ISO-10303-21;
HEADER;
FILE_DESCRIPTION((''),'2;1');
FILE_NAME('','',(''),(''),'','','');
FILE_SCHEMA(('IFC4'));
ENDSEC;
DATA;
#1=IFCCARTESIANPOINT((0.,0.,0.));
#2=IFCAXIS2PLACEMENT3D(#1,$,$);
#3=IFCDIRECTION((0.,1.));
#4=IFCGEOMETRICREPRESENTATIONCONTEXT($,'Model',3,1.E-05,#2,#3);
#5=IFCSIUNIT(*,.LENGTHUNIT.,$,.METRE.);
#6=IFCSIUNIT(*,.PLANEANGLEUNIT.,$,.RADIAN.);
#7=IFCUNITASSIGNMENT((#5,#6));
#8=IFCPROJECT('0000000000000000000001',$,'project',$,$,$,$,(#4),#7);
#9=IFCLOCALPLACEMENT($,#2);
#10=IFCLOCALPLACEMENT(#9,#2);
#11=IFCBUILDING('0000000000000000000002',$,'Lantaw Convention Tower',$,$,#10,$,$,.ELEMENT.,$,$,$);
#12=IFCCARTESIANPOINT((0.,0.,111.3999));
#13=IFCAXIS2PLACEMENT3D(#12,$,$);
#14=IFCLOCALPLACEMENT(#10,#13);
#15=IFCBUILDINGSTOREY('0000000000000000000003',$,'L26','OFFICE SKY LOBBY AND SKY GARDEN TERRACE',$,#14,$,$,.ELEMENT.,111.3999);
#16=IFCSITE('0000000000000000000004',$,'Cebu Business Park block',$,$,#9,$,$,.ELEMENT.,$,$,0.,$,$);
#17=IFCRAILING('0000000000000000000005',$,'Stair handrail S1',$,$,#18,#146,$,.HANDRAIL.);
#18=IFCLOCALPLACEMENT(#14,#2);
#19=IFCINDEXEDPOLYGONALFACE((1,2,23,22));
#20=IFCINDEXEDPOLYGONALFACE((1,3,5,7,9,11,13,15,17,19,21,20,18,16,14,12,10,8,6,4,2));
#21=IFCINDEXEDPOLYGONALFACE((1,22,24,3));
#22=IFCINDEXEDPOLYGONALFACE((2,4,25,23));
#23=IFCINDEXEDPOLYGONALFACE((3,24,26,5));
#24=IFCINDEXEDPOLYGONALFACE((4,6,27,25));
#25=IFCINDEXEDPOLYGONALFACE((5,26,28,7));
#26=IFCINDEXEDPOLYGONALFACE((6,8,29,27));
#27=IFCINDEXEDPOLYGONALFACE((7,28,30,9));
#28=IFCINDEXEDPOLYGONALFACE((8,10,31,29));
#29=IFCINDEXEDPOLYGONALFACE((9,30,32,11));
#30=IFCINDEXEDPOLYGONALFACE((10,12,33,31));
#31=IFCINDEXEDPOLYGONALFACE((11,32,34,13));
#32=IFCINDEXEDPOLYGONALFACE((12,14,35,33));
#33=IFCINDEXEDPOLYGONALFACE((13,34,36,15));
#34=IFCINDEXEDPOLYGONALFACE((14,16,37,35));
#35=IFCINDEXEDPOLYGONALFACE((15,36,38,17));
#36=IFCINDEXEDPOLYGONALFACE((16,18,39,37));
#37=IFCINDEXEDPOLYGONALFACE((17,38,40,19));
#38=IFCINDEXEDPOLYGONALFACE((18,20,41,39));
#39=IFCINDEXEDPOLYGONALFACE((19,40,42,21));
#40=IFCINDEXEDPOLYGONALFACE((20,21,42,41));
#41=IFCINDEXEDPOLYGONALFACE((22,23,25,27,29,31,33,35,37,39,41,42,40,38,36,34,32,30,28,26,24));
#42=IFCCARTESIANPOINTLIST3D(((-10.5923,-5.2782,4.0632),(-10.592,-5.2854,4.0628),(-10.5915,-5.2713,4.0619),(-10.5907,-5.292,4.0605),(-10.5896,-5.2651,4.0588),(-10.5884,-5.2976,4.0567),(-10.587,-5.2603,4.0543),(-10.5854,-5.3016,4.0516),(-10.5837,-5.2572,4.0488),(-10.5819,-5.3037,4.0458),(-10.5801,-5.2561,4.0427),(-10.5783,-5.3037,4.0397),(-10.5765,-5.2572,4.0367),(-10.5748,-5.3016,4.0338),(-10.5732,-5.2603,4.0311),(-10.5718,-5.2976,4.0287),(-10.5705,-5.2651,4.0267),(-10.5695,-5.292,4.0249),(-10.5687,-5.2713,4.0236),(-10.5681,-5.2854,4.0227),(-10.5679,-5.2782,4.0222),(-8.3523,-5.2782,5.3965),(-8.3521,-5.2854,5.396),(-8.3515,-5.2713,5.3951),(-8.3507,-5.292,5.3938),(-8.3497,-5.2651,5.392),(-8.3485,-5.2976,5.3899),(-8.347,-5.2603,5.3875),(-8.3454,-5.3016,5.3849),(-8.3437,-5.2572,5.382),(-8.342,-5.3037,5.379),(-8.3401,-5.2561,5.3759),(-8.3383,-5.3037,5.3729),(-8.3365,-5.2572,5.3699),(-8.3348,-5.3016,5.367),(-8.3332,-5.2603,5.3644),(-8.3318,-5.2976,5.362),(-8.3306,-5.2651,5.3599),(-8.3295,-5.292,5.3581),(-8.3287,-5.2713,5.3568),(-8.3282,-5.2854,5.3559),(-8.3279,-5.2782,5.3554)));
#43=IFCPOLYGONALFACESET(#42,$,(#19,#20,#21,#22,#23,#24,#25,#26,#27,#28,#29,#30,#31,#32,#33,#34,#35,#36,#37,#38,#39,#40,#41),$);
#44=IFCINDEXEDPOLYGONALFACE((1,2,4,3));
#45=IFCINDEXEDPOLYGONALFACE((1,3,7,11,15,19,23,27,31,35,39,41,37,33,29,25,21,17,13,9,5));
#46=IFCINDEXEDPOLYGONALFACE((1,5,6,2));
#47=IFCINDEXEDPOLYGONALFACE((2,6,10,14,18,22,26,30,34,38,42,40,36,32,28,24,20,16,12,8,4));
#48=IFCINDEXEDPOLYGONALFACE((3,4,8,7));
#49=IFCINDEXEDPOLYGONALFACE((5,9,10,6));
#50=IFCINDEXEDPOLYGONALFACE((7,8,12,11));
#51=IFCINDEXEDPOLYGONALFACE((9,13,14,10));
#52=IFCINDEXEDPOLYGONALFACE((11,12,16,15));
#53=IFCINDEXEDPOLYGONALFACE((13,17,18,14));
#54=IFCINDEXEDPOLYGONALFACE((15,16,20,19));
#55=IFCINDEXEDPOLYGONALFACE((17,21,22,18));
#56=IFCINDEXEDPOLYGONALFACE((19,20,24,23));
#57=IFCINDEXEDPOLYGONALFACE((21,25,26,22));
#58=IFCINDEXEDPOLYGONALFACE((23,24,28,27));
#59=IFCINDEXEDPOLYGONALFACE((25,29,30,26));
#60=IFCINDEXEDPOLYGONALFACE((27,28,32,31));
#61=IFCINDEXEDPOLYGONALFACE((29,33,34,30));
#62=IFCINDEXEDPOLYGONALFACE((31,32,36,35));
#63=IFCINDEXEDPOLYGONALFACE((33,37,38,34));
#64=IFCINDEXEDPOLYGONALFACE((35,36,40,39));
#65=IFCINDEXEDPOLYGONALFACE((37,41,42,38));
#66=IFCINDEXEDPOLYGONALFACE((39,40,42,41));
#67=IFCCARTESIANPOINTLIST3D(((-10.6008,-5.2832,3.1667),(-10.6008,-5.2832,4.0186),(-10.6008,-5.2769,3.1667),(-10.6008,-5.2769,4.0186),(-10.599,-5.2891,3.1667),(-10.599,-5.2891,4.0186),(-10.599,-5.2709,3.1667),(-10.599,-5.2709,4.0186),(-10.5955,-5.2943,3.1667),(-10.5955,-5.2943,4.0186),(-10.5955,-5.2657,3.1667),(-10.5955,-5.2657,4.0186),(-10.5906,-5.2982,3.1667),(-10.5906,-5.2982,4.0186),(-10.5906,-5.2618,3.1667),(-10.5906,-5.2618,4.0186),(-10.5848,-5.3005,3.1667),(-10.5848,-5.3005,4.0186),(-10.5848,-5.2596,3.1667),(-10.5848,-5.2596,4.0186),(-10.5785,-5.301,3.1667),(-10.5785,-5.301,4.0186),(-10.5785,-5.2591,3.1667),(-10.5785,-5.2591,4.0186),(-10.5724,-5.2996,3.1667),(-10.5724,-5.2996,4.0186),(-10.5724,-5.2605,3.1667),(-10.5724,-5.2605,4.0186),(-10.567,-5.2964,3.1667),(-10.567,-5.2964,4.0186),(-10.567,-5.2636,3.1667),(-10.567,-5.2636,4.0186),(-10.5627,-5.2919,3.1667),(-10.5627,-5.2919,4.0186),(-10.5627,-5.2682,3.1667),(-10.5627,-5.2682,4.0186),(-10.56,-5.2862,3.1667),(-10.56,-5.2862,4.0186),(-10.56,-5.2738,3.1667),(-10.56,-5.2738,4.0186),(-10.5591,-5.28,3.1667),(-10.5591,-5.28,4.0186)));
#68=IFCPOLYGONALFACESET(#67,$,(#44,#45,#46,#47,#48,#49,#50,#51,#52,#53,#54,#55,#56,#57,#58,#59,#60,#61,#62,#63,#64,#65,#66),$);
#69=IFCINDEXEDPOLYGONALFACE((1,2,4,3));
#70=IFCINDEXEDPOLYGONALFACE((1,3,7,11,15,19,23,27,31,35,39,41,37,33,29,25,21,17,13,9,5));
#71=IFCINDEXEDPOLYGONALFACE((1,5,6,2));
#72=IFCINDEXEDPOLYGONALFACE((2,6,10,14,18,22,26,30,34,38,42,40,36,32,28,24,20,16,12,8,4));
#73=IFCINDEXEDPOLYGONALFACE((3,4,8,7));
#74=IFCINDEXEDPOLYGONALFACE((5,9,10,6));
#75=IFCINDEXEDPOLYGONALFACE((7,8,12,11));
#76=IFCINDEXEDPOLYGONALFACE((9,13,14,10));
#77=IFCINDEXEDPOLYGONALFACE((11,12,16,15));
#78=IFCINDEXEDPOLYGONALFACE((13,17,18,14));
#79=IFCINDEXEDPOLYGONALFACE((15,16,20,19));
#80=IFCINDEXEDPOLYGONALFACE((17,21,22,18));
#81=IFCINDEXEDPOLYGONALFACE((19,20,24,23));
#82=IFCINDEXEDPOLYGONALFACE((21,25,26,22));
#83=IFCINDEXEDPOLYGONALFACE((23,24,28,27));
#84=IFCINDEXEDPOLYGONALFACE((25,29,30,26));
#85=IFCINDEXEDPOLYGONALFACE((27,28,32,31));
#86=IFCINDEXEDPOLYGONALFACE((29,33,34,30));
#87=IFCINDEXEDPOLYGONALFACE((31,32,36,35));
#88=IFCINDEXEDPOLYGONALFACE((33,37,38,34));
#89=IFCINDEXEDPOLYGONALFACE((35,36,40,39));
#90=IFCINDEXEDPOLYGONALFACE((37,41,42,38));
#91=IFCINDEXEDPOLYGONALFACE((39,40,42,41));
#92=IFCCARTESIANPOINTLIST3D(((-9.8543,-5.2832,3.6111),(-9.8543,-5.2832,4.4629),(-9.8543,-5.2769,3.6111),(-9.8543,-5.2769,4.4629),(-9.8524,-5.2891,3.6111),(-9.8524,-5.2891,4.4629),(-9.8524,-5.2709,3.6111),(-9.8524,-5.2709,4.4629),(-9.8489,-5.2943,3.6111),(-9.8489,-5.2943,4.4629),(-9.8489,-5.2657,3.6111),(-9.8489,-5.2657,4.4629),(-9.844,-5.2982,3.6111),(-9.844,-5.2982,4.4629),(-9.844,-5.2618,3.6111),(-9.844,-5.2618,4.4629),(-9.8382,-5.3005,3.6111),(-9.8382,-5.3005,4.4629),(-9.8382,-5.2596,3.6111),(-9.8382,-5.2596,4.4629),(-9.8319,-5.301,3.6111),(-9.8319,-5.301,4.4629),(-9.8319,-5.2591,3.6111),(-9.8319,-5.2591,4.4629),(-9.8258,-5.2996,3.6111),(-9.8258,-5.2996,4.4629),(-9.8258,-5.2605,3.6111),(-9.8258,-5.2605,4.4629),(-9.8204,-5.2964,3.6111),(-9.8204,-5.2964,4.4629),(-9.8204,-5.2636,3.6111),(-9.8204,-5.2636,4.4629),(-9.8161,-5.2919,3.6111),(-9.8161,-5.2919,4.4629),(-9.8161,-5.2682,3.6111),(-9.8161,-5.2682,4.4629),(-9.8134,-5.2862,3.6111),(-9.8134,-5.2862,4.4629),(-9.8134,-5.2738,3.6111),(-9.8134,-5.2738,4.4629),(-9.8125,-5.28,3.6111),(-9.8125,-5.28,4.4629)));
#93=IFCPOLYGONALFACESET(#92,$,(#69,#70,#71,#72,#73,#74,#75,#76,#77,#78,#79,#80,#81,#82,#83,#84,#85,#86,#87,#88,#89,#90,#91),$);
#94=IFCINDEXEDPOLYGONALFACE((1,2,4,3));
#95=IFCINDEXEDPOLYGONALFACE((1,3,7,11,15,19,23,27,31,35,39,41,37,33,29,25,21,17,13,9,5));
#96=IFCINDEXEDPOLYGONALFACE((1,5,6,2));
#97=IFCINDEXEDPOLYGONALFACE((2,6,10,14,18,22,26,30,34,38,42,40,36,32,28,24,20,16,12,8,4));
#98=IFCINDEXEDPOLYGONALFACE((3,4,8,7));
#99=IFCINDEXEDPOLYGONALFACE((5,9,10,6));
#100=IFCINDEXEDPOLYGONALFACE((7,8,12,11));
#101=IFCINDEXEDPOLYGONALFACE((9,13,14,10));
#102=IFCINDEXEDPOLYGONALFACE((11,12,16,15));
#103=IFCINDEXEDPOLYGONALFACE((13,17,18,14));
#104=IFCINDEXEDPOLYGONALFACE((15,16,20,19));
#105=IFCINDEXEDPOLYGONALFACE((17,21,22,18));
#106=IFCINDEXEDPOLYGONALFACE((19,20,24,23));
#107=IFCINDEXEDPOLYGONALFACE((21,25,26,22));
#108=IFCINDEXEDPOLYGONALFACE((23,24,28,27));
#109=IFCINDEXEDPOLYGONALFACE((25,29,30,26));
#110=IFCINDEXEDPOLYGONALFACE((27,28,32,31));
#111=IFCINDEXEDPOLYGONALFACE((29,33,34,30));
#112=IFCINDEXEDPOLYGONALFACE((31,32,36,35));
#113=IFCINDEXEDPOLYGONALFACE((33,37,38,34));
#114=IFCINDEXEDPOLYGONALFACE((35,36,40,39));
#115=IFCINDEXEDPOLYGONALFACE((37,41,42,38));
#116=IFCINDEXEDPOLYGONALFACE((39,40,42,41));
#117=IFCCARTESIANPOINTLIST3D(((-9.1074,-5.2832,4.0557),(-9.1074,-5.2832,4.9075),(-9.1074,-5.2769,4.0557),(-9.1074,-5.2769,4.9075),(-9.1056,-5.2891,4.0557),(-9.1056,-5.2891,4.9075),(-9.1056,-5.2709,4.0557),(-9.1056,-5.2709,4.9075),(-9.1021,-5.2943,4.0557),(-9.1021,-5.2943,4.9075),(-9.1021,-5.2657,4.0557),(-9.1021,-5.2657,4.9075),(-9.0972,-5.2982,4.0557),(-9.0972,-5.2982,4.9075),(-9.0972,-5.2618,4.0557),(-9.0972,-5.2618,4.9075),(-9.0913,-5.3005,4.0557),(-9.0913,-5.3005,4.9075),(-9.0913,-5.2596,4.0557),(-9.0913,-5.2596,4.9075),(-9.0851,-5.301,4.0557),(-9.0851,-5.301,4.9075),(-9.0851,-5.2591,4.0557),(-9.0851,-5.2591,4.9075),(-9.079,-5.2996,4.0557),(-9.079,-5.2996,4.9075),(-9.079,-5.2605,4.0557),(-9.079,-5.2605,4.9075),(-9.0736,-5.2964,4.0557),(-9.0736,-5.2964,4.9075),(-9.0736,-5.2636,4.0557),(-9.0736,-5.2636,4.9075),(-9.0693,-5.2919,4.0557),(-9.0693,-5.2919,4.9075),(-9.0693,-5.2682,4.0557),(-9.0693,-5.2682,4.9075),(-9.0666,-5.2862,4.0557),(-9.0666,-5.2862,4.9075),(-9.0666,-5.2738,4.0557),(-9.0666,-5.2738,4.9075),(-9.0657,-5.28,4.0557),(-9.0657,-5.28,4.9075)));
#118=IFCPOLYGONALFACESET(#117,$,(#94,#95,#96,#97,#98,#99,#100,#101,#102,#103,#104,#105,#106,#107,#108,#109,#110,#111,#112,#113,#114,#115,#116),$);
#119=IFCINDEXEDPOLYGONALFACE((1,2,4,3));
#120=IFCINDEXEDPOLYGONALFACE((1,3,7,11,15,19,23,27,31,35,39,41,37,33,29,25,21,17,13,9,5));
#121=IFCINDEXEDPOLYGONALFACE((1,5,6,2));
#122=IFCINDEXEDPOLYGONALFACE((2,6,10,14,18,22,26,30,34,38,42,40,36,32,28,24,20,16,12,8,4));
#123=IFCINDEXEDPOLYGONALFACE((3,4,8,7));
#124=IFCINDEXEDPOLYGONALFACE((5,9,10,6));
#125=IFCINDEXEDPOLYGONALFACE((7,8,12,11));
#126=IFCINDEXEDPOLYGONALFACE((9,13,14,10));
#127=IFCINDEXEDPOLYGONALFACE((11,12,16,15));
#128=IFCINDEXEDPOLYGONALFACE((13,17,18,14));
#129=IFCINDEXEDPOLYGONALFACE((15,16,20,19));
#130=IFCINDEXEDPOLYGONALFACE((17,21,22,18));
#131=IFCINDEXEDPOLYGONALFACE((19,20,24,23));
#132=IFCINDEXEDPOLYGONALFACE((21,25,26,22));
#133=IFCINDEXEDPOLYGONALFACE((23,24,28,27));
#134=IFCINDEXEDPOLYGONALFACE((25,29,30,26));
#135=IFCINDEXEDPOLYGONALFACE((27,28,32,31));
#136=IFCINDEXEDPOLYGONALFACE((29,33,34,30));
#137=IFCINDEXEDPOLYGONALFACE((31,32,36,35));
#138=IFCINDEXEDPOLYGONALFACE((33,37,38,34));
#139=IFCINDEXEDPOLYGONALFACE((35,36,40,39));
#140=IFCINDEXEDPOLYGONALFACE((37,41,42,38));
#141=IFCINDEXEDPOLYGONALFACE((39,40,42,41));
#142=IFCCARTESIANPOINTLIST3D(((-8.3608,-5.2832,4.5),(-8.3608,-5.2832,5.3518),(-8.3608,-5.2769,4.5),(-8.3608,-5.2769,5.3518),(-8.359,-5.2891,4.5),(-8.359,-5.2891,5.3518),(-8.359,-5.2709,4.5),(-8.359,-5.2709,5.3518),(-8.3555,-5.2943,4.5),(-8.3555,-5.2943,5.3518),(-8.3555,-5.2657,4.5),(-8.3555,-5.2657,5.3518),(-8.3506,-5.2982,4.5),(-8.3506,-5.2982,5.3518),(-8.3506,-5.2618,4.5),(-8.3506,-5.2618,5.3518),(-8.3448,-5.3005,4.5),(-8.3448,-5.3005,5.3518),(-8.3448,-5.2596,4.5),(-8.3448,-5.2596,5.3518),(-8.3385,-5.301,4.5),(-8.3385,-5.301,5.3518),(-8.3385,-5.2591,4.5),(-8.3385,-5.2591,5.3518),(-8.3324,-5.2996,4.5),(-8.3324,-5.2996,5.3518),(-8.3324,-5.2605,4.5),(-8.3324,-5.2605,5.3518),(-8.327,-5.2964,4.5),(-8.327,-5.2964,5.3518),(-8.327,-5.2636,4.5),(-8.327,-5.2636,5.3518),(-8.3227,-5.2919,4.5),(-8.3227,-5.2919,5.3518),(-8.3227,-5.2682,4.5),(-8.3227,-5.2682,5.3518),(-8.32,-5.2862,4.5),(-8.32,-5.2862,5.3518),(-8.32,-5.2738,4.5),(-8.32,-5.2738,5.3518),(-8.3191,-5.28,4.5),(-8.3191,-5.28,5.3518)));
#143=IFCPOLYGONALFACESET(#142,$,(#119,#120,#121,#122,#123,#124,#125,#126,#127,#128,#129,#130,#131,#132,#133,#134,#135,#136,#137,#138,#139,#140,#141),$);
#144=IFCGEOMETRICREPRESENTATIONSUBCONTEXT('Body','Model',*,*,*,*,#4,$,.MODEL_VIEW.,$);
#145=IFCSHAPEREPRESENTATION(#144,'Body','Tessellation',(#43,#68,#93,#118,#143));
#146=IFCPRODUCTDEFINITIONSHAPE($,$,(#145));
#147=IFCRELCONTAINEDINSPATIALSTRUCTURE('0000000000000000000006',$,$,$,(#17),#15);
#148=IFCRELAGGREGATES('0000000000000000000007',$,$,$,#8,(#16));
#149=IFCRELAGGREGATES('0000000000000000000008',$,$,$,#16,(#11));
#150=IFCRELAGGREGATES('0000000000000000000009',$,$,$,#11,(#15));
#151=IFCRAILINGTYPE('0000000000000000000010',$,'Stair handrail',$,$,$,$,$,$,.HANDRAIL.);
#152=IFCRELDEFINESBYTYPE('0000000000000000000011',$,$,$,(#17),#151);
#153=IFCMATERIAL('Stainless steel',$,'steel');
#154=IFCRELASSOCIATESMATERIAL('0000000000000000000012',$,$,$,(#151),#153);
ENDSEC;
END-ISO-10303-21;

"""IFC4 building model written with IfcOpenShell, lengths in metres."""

from ifc_helpers import new_model, si_unit, direction, frame, origin, origin_2d, place, context, subcontext, project, spatial, circle, extrude, material, type_object, element, save


model = new_model("IFC4")

# Units and contexts
model_context = context("Model", 3, precision=1e-05, world=origin(), true_north=direction((0.0, 1.0)))
body_context = subcontext(model_context, "Body", "Model", "MODEL_VIEW")
ifc_project = project(units=[si_unit("LENGTHUNIT", "METRE"), si_unit("PLANEANGLEUNIT", "RADIAN")], contexts=[model_context])

# Site, building, storey
site_placement = place(None, origin())
site = spatial("IfcSite", under=ifc_project, at=site_placement, Name="Cebu Business Park block", CompositionType="ELEMENT", RefElevation=0.0)
building_placement = place(site_placement, origin())
building = spatial("IfcBuilding", under=site, at=building_placement, Name="Lantaw Convention Tower", CompositionType="ELEMENT")
storey_placement = place(building_placement, frame((0.0, 0.0, 111.3999)))
storey = spatial("IfcBuildingStorey", under=building, at=storey_placement, Name="L26", Description="OFFICE SKY LOBBY AND SKY GARDEN TERRACE", CompositionType="ELEMENT", Elevation=111.3999)

# Shared definitions
ifc_material_1 = material(Name="Stainless steel", Category="steel")

# Railing
railing_type = type_object("IfcRailingType", Name="Stair handrail", PredefinedType="HANDRAIL", material=ifc_material_1)
railing_1_placement = place(storey_placement, frame((-10.5801, -5.28, 3.1667)))
element("IfcRailing", 1, at=railing_1_placement, inside=storey, type_object=railing_type, Name="Stair handrail S1", PredefinedType="HANDRAIL", context=body_context, shape_type="SweptSolid", body=[
    extrude(circle(Radius=0.0239, at=origin_2d()), frame((0.0, 0.0, 0.876), z_axis=(0.859306, 0.0, 0.511462), x_axis=(0.0, 1.0, 0.0)), (0.0, 0.0, 1.0), 2.6067),
    extrude(circle(Radius=0.021, at=origin_2d()), origin(), (0.0, 0.0, 1.0), 0.8518),
    extrude(circle(Radius=0.021, at=origin_2d()), frame((0.7466, 0.0, 0.4443)), (0.0, 0.0, 1.0), 0.8518),
    extrude(circle(Radius=0.021, at=origin_2d()), frame((1.4934, 0.0, 0.8889)), (0.0, 0.0, 1.0), 0.8518),
    extrude(circle(Radius=0.021, at=origin_2d()), frame((2.24, 0.0, 1.3333)), (0.0, 0.0, 1.0), 0.8518),
])

save(model, "model.ifc")
